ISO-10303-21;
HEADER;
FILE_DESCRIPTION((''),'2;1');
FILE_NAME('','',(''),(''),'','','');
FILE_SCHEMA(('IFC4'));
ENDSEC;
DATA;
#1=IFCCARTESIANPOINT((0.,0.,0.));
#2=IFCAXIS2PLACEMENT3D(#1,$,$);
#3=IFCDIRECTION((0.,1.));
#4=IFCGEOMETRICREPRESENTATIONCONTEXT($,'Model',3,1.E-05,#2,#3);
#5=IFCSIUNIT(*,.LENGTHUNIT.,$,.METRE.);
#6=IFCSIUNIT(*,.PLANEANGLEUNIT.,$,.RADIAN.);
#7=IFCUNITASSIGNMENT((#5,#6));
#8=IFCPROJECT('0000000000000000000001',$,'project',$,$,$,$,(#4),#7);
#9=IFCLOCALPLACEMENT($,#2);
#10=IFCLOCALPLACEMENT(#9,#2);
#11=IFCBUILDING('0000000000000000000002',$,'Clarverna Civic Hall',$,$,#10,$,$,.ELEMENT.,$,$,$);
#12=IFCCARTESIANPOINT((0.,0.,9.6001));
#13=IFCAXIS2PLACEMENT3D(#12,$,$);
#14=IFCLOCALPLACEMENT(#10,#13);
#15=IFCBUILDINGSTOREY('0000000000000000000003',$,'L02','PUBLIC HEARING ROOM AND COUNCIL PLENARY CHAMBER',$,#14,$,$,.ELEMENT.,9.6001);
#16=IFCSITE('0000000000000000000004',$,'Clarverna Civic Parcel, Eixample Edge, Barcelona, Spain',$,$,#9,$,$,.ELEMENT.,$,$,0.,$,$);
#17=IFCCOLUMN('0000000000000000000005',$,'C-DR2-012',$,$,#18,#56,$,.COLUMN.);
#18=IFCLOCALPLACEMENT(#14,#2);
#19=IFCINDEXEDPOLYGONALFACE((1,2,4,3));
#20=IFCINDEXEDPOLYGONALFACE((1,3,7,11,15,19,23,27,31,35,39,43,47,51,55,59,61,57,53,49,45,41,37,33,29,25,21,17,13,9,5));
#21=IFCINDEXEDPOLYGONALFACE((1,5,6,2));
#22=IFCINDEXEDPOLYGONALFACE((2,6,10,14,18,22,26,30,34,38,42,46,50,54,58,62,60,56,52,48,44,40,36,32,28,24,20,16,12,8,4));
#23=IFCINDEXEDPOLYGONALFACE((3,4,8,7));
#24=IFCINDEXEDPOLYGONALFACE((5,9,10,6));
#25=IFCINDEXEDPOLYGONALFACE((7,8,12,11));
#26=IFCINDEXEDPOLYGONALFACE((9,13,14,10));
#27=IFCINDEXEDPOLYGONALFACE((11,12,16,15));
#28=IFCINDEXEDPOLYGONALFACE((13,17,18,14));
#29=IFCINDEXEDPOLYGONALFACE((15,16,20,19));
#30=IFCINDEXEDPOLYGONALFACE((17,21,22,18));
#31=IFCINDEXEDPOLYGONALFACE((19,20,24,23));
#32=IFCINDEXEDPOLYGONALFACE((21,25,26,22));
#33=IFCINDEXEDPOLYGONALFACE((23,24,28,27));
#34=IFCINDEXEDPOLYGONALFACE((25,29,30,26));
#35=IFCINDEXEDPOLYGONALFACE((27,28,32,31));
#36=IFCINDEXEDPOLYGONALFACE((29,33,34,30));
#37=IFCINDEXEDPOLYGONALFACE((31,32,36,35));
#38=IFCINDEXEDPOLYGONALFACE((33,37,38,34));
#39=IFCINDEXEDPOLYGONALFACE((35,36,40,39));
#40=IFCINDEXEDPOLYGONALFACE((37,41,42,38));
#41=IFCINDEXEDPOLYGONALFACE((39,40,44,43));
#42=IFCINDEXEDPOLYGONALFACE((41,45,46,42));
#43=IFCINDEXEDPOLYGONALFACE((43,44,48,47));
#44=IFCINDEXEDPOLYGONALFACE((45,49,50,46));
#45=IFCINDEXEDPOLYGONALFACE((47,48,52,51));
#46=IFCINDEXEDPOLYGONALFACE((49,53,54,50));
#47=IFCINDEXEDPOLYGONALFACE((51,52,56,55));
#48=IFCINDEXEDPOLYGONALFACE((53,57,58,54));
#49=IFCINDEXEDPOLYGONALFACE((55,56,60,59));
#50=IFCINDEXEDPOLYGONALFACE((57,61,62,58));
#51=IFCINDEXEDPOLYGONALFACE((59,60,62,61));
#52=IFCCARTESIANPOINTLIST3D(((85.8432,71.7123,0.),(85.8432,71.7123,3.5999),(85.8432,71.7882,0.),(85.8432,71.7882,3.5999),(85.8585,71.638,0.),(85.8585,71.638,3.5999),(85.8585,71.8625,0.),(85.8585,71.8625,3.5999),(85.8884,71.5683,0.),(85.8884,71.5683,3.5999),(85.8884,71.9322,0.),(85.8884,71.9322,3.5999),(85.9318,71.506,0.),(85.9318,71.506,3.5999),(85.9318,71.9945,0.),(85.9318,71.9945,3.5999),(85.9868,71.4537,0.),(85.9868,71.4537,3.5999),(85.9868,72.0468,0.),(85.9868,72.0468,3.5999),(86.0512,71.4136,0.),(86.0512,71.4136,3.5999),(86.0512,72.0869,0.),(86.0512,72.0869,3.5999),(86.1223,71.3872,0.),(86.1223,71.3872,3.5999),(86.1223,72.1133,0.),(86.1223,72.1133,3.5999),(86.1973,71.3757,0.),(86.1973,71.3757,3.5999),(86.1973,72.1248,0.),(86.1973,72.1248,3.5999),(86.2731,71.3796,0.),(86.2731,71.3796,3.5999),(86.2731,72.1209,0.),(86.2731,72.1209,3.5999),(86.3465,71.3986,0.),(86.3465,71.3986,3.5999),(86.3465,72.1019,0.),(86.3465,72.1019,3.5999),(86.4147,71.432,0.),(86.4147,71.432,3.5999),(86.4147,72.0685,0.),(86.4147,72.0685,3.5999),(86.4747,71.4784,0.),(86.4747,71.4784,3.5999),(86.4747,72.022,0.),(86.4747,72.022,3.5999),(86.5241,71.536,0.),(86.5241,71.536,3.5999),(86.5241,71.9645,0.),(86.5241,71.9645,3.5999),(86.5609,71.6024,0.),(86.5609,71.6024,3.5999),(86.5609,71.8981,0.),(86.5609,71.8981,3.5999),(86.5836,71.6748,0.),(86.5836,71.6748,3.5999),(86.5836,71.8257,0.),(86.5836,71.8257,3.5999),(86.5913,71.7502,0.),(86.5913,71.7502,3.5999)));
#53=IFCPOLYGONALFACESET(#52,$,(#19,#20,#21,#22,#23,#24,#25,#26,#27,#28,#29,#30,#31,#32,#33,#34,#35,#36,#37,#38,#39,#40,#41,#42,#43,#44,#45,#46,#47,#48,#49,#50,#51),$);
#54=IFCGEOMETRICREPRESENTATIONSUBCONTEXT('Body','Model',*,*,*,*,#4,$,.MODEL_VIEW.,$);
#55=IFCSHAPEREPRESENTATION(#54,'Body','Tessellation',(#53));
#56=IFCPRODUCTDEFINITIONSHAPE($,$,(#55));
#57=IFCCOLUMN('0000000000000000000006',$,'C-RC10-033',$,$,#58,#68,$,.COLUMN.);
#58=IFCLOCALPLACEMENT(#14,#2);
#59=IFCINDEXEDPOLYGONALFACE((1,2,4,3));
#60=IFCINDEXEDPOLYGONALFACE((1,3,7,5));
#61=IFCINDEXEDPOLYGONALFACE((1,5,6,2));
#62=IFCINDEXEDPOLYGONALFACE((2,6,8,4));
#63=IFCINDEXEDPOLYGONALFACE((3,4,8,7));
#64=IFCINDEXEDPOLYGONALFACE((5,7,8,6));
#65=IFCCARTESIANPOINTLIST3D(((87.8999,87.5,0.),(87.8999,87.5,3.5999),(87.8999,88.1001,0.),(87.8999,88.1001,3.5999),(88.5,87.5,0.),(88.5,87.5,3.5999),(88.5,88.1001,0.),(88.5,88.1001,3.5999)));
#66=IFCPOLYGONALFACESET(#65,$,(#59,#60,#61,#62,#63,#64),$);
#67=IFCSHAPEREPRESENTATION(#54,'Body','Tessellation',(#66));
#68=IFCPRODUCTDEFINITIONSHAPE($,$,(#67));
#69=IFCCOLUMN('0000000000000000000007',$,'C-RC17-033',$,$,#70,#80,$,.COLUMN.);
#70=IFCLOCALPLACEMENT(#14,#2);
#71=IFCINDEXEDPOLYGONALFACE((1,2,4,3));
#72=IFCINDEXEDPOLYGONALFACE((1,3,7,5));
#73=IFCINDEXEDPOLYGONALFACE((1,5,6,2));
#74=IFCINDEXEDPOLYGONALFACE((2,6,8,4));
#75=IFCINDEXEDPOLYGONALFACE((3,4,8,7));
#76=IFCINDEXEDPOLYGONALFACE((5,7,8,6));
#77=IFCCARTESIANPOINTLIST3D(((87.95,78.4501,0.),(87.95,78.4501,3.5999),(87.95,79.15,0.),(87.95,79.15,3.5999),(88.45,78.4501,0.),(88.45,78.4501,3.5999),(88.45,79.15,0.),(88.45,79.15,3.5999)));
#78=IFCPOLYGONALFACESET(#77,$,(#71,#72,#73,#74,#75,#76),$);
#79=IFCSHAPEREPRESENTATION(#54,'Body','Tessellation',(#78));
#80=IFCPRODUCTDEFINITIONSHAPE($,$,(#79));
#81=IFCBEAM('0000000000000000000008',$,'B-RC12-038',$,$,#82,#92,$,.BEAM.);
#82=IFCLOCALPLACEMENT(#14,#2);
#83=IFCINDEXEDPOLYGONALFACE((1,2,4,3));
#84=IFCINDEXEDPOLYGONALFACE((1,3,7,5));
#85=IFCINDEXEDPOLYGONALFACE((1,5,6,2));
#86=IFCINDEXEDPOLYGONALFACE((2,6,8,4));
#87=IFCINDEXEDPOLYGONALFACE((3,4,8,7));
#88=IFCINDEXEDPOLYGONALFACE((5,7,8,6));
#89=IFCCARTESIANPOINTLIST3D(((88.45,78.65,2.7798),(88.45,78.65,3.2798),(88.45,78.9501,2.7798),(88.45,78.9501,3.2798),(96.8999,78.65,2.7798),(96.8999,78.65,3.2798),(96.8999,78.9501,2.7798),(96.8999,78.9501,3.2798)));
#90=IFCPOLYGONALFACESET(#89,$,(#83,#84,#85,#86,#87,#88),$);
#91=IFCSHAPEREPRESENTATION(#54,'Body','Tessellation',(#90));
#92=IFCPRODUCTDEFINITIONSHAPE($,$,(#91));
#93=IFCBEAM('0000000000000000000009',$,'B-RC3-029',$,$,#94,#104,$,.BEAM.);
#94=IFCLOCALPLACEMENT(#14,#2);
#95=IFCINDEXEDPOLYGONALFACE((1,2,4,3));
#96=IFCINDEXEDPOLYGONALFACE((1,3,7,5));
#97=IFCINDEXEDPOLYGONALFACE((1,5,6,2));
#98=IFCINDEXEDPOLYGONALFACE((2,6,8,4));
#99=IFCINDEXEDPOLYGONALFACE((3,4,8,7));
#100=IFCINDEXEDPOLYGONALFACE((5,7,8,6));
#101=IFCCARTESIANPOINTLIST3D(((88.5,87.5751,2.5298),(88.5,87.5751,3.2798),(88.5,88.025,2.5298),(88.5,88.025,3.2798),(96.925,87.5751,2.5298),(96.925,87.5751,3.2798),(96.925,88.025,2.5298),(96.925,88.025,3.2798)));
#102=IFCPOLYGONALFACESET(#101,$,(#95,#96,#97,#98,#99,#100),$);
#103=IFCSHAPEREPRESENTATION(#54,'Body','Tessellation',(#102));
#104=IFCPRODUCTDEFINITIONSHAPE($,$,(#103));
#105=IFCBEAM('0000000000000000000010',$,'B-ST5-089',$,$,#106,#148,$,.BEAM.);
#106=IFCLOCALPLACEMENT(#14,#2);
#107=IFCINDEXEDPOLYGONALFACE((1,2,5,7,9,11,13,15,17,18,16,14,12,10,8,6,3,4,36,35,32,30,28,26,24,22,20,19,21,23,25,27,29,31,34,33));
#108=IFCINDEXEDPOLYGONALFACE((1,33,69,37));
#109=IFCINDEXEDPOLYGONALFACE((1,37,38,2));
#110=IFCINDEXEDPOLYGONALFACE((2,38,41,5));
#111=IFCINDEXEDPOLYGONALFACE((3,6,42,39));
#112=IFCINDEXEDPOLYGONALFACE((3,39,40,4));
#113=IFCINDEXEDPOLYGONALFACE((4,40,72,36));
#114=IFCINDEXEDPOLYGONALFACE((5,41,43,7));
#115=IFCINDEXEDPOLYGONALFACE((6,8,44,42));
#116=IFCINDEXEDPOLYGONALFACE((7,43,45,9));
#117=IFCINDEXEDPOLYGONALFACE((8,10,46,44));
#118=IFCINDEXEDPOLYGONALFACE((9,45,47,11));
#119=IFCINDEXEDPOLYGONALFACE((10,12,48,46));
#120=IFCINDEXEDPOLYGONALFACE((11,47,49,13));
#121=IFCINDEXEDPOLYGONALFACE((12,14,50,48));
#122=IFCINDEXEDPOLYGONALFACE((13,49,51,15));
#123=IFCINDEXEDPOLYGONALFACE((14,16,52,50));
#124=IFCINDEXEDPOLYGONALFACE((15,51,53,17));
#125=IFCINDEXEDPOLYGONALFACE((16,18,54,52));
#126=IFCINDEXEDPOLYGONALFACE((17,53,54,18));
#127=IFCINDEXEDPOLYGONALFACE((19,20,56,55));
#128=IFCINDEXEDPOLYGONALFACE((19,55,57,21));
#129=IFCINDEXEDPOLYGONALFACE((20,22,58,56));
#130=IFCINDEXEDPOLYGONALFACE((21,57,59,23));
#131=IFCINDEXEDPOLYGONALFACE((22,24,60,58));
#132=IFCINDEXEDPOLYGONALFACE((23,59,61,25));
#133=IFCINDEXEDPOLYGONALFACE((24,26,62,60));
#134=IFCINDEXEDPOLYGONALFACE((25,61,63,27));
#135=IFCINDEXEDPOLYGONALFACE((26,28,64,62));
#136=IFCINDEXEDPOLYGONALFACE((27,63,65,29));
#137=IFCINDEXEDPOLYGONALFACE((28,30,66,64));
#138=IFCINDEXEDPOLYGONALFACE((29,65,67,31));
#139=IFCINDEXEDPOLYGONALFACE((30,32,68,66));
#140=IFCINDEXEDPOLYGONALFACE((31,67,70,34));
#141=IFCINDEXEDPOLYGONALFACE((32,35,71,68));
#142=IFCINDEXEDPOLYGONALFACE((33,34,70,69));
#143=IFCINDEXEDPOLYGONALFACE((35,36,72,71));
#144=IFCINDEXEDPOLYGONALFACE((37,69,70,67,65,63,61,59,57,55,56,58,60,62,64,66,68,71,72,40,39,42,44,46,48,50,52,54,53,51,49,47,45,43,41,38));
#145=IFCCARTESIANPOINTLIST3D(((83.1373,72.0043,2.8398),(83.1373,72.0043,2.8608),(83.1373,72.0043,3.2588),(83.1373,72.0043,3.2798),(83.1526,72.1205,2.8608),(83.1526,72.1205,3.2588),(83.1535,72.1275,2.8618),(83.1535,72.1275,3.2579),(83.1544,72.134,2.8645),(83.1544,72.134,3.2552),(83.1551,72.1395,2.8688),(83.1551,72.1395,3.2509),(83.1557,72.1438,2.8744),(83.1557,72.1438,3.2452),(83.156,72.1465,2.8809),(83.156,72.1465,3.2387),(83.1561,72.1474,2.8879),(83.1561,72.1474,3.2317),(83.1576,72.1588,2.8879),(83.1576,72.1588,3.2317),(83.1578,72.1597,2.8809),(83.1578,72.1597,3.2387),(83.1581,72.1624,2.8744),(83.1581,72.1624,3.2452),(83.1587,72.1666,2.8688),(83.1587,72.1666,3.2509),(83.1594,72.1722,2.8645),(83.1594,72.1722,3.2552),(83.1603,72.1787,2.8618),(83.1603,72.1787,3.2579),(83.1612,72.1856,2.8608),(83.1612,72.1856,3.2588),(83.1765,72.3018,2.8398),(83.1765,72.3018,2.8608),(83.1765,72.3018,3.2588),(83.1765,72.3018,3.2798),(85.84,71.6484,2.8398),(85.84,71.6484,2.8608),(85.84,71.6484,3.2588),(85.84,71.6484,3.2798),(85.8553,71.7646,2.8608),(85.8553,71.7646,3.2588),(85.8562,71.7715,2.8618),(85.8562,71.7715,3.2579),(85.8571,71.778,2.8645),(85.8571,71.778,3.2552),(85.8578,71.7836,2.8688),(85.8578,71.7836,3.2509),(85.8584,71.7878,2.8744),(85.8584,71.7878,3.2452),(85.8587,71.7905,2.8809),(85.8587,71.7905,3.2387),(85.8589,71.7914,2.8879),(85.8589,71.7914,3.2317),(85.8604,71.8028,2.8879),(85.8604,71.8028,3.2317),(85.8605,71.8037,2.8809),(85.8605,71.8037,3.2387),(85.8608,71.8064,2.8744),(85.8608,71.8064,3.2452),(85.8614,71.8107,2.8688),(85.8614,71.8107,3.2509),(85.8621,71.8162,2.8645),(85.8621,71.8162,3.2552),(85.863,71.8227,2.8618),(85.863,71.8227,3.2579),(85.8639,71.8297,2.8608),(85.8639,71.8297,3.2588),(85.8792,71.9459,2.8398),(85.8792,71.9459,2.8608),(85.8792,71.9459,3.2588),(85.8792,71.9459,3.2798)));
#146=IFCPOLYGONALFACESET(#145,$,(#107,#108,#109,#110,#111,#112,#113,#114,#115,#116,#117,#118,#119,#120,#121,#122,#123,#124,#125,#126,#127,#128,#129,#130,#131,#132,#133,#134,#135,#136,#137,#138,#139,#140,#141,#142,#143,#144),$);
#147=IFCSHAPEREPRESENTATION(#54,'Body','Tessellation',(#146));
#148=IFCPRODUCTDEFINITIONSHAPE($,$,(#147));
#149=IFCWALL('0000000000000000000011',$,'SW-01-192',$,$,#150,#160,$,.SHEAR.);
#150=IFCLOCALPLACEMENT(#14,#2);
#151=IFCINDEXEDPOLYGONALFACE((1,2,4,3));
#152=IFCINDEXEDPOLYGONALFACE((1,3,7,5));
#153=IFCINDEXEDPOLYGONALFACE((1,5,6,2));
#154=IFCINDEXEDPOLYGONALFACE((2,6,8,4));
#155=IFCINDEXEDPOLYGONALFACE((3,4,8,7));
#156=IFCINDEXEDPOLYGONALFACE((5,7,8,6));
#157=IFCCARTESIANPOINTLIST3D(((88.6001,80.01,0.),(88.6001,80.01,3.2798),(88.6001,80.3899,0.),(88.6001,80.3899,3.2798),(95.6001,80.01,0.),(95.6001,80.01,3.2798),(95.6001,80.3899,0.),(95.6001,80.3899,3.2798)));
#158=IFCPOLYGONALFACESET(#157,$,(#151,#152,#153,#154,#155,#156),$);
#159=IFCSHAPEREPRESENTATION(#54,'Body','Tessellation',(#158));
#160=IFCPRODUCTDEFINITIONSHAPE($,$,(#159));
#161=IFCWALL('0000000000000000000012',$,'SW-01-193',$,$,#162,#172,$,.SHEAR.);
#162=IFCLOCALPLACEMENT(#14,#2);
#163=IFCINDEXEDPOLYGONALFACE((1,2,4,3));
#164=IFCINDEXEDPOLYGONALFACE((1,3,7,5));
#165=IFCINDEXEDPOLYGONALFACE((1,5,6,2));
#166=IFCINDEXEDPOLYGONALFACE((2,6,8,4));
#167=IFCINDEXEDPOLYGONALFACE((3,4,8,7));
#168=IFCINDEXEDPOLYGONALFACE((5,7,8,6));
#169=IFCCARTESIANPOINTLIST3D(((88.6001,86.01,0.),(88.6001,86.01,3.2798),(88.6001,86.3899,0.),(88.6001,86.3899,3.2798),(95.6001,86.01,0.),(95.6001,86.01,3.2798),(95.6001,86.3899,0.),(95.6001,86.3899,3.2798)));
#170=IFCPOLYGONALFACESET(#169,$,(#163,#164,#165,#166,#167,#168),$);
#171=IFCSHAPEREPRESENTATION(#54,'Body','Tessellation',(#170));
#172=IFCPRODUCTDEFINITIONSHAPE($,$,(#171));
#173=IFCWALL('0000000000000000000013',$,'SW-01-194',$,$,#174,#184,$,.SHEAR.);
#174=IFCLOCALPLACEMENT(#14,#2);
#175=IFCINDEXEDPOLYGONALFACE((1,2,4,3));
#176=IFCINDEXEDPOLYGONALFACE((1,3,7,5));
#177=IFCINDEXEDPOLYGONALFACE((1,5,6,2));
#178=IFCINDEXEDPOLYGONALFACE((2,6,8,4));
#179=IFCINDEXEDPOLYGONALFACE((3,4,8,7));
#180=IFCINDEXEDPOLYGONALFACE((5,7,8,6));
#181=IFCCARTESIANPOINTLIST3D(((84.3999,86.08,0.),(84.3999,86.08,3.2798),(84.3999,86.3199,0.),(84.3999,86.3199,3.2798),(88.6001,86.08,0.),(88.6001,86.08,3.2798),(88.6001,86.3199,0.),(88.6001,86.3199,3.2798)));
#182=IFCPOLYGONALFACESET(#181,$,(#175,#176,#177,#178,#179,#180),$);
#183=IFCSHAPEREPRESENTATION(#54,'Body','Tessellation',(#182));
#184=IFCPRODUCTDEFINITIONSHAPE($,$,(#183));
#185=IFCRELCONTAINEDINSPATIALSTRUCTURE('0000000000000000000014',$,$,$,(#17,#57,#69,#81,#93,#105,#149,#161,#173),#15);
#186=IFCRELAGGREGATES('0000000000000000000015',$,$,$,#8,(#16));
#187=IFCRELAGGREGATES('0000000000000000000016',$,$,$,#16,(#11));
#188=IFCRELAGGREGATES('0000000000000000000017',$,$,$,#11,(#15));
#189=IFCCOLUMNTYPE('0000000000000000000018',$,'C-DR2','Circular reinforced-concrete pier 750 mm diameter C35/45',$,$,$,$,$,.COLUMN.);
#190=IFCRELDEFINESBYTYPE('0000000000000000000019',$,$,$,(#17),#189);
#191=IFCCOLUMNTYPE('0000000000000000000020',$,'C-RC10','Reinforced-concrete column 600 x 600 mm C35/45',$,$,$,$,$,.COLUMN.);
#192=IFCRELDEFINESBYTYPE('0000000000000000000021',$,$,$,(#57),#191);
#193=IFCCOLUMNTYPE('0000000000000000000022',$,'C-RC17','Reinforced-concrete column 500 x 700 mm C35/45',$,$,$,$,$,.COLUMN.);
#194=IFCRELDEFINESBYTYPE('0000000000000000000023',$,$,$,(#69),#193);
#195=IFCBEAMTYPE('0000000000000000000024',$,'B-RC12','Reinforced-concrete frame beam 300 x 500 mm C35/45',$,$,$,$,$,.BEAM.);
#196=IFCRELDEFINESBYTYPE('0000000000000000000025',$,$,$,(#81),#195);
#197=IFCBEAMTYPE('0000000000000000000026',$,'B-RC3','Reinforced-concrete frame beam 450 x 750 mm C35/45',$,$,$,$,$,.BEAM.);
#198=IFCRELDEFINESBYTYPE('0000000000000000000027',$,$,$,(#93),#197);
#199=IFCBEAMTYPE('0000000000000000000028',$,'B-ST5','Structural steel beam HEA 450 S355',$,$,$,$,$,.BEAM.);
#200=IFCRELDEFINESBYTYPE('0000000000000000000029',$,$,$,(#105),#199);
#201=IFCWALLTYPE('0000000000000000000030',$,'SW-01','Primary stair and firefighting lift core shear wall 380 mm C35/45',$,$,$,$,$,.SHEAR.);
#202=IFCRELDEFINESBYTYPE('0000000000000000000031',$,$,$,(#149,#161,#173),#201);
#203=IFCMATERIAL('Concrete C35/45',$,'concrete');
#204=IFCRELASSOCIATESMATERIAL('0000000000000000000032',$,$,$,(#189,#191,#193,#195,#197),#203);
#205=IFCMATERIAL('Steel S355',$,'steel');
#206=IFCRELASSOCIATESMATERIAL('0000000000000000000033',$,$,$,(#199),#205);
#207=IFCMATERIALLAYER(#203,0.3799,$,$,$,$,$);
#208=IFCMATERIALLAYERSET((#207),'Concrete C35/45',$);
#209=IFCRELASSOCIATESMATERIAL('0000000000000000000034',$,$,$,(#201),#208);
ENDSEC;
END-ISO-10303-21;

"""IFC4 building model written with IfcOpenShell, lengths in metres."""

from ifc_helpers import new_model, si_unit, direction, frame, frame_2d, origin, origin_2d, place, context, subcontext, project, spatial, rectangle, circle, i_section, extrude, material, layer, layer_set, material_profile, profile_set, type_object, element, save


model = new_model("IFC4")

# Units and contexts
model_context = context("Model", 3, precision=1e-05, world=origin(), true_north=direction((0.0, 1.0)))
body_context = subcontext(model_context, "Body", "Model", "MODEL_VIEW")
ifc_project = project(units=[si_unit("LENGTHUNIT", "METRE"), si_unit("PLANEANGLEUNIT", "RADIAN")], contexts=[model_context])

# Site, building, storey
site_placement = place(None, origin())
site = spatial("IfcSite", under=ifc_project, at=site_placement, Name="Clarverna Civic Parcel, Eixample Edge, Barcelona, Spain", CompositionType="ELEMENT", RefElevation=0.0)
building_placement = place(site_placement, origin())
building = spatial("IfcBuilding", under=site, at=building_placement, Name="Clarverna Civic Hall", CompositionType="ELEMENT")
storey_placement = place(building_placement, frame((0.0, 0.0, 9.6001)))
storey = spatial("IfcBuildingStorey", under=building, at=storey_placement, Name="L02", Description="PUBLIC HEARING ROOM AND COUNCIL PLENARY CHAMBER", CompositionType="ELEMENT", Elevation=9.6001)

# Columns
ifc_material_1 = material(Name="Concrete C35/45", Category="concrete")
ifc_material_profile_1 = material_profile(ifc_material_1, circle(Radius=0.375, at=origin_2d()), Name="RC D750")
ifc_profile_set_1 = profile_set([ifc_material_profile_1], Name="Concrete C35/45")
column_type_1 = type_object("IfcColumnType", Name="C-DR2", Description="Circular reinforced-concrete pier 750 mm diameter C35/45", PredefinedType="COLUMN", material=ifc_profile_set_1)
column_1_placement = place(storey_placement, frame((86.2163, 71.7502, 0.0), z_axis=(0.0, 0.0, 1.0), x_axis=(1.0, 0.0, 0.0)))
element("IfcColumn", 1, at=column_1_placement, inside=storey, type_object=column_type_1, Name="C-DR2-012", PredefinedType="COLUMN", context=body_context, shape_type="SweptSolid", body=[
    extrude(circle(Radius=0.375, at=origin_2d()), origin(), (0.0, 0.0, 1.0), 3.5999),
])
ifc_material_profile_2 = material_profile(ifc_material_1, rectangle(XDim=0.6001, YDim=0.6001, at=origin_2d()), Name="RC 600x600")
ifc_profile_set_2 = profile_set([ifc_material_profile_2], Name="Concrete C35/45")
column_type_2 = type_object("IfcColumnType", Name="C-RC10", Description="Reinforced-concrete column 600 x 600 mm C35/45", PredefinedType="COLUMN", material=ifc_profile_set_2)
column_2_placement = place(storey_placement, frame((88.2, 87.8, 0.0), z_axis=(0.0, 0.0, 1.0), x_axis=(1.0, 0.0, 0.0)))
element("IfcColumn", 2, at=column_2_placement, inside=storey, type_object=column_type_2, Name="C-RC10-033", PredefinedType="COLUMN", context=body_context, shape_type="SweptSolid", body=[
    extrude(rectangle(XDim=0.6001, YDim=0.6001, at=origin_2d()), origin(), (0.0, 0.0, 1.0), 3.5999),
])
ifc_material_profile_3 = material_profile(ifc_material_1, rectangle(XDim=0.5, YDim=0.7, at=origin_2d()), Name="RC 500x700")
ifc_profile_set_3 = profile_set([ifc_material_profile_3], Name="Concrete C35/45")
column_type_3 = type_object("IfcColumnType", Name="C-RC17", Description="Reinforced-concrete column 500 x 700 mm C35/45", PredefinedType="COLUMN", material=ifc_profile_set_3)
column_3_placement = place(storey_placement, frame((88.2, 78.8, 0.0), z_axis=(0.0, 0.0, 1.0), x_axis=(1.0, 0.0, 0.0)))
element("IfcColumn", 3, at=column_3_placement, inside=storey, type_object=column_type_3, Name="C-RC17-033", PredefinedType="COLUMN", context=body_context, shape_type="SweptSolid", body=[
    extrude(rectangle(XDim=0.5, YDim=0.7, at=origin_2d()), origin(), (0.0, 0.0, 1.0), 3.5999),
])

# Beams
ifc_material_profile_4 = material_profile(ifc_material_1, rectangle(XDim=0.3, YDim=0.5, at=origin_2d()), Name="RC 300x500")
ifc_profile_set_4 = profile_set([ifc_material_profile_4], Name="Concrete C35/45")
beam_type_1 = type_object("IfcBeamType", Name="B-RC12", Description="Reinforced-concrete frame beam 300 x 500 mm C35/45", PredefinedType="BEAM", material=ifc_profile_set_4)
beam_1_placement = place(storey_placement, frame((88.45, 78.8, 3.0298), z_axis=(1.0, 0.0, 0.0), x_axis=(0.0, 1.0, 0.0)))
element("IfcBeam", 4, at=beam_1_placement, inside=storey, type_object=beam_type_1, Name="B-RC12-038", PredefinedType="BEAM", context=body_context, shape_type="SweptSolid", body=[
    extrude(rectangle(XDim=0.3, YDim=0.5, at=origin_2d()), origin(), (0.0, 0.0, 1.0), 8.45),
])
ifc_material_profile_5 = material_profile(ifc_material_1, rectangle(XDim=0.45, YDim=0.75, at=origin_2d()), Name="RC 450x750")
ifc_profile_set_5 = profile_set([ifc_material_profile_5], Name="Concrete C35/45")
beam_type_2 = type_object("IfcBeamType", Name="B-RC3", Description="Reinforced-concrete frame beam 450 x 750 mm C35/45", PredefinedType="BEAM", material=ifc_profile_set_5)
beam_2_placement = place(storey_placement, frame((88.5, 87.8, 2.9048), z_axis=(1.0, 0.0, 0.0), x_axis=(0.0, 1.0, 0.0)))
element("IfcBeam", 5, at=beam_2_placement, inside=storey, type_object=beam_type_2, Name="B-RC3-029", PredefinedType="BEAM", context=body_context, shape_type="SweptSolid", body=[
    extrude(rectangle(XDim=0.45, YDim=0.75, at=origin_2d()), origin(), (0.0, 0.0, 1.0), 8.425),
])
ifc_material_2 = material(Name="Steel S355", Category="steel")
ifc_material_profile_6 = material_profile(ifc_material_2, i_section(OverallWidth=0.3, OverallDepth=0.4399, WebThickness=0.0115, FlangeThickness=0.021, FilletRadius=0.0271, at=origin_2d()), Name="HEA 450")
ifc_profile_set_6 = profile_set([ifc_material_profile_6], Name="Steel S355")
beam_type_3 = type_object("IfcBeamType", Name="B-ST5", Description="Structural steel beam HEA 450 S355", PredefinedType="BEAM", material=ifc_profile_set_6)
beam_3_placement = place(storey_placement, frame((85.8596, 71.7971, 3.0598), z_axis=(-0.991438, 0.13058, 0.0), x_axis=(-0.13058, -0.991438, 0.0)))
element("IfcBeam", 6, at=beam_3_placement, inside=storey, type_object=beam_type_3, Name="B-ST5-089", PredefinedType="BEAM", context=body_context, shape_type="SweptSolid", body=[
    extrude(i_section(OverallWidth=0.3, OverallDepth=0.4399, WebThickness=0.0115, FlangeThickness=0.021, FilletRadius=0.0271, at=origin_2d()), origin(), (0.0, 0.0, 1.0), 2.7261),
])

# Shared definitions
ifc_layer = layer(ifc_material_1, 0.3799)
ifc_layer_set = layer_set([ifc_layer], Name="Concrete C35/45")
wall_type = type_object("IfcWallType", Name="SW-01", Description="Primary stair and firefighting lift core shear wall 380 mm C35/45", PredefinedType="SHEAR", material=ifc_layer_set)

# Walls
for number, where, z_axis, x_axis, name in (
    (7, (88.6001, 80.2, 0.0), (0.0, 0.0, 1.0), (1.0, 0.0, 0.0), "SW-01-192"),
    (8, (88.6001, 86.2, 0.0), (0.0, 0.0, 1.0), (1.0, 0.0, 0.0), "SW-01-193"),
):
    element("IfcWall", number, at=place(storey_placement, frame(where, z_axis=z_axis, x_axis=x_axis)), inside=storey, type_object=wall_type, Name=name, PredefinedType="SHEAR", context=body_context, shape_type="SweptSolid", body=[
        extrude(rectangle(XDim=7.0, YDim=0.3799, at=frame_2d((3.5, 0.0))), origin(), (0.0, 0.0, 1.0), 3.2798),
    ])
wall_1_placement = place(storey_placement, frame((84.3999, 86.2, 0.0), z_axis=(0.0, 0.0, 1.0), x_axis=(1.0, 0.0, 0.0)))
element("IfcWall", 9, at=wall_1_placement, inside=storey, type_object=wall_type, Name="SW-01-194", PredefinedType="SHEAR", context=body_context, shape_type="SweptSolid", body=[
    extrude(rectangle(XDim=4.2002, YDim=0.24, at=frame_2d((2.1001, 0.0))), origin(), (0.0, 0.0, 1.0), 3.2798),
])

save(model, "model.ifc")
